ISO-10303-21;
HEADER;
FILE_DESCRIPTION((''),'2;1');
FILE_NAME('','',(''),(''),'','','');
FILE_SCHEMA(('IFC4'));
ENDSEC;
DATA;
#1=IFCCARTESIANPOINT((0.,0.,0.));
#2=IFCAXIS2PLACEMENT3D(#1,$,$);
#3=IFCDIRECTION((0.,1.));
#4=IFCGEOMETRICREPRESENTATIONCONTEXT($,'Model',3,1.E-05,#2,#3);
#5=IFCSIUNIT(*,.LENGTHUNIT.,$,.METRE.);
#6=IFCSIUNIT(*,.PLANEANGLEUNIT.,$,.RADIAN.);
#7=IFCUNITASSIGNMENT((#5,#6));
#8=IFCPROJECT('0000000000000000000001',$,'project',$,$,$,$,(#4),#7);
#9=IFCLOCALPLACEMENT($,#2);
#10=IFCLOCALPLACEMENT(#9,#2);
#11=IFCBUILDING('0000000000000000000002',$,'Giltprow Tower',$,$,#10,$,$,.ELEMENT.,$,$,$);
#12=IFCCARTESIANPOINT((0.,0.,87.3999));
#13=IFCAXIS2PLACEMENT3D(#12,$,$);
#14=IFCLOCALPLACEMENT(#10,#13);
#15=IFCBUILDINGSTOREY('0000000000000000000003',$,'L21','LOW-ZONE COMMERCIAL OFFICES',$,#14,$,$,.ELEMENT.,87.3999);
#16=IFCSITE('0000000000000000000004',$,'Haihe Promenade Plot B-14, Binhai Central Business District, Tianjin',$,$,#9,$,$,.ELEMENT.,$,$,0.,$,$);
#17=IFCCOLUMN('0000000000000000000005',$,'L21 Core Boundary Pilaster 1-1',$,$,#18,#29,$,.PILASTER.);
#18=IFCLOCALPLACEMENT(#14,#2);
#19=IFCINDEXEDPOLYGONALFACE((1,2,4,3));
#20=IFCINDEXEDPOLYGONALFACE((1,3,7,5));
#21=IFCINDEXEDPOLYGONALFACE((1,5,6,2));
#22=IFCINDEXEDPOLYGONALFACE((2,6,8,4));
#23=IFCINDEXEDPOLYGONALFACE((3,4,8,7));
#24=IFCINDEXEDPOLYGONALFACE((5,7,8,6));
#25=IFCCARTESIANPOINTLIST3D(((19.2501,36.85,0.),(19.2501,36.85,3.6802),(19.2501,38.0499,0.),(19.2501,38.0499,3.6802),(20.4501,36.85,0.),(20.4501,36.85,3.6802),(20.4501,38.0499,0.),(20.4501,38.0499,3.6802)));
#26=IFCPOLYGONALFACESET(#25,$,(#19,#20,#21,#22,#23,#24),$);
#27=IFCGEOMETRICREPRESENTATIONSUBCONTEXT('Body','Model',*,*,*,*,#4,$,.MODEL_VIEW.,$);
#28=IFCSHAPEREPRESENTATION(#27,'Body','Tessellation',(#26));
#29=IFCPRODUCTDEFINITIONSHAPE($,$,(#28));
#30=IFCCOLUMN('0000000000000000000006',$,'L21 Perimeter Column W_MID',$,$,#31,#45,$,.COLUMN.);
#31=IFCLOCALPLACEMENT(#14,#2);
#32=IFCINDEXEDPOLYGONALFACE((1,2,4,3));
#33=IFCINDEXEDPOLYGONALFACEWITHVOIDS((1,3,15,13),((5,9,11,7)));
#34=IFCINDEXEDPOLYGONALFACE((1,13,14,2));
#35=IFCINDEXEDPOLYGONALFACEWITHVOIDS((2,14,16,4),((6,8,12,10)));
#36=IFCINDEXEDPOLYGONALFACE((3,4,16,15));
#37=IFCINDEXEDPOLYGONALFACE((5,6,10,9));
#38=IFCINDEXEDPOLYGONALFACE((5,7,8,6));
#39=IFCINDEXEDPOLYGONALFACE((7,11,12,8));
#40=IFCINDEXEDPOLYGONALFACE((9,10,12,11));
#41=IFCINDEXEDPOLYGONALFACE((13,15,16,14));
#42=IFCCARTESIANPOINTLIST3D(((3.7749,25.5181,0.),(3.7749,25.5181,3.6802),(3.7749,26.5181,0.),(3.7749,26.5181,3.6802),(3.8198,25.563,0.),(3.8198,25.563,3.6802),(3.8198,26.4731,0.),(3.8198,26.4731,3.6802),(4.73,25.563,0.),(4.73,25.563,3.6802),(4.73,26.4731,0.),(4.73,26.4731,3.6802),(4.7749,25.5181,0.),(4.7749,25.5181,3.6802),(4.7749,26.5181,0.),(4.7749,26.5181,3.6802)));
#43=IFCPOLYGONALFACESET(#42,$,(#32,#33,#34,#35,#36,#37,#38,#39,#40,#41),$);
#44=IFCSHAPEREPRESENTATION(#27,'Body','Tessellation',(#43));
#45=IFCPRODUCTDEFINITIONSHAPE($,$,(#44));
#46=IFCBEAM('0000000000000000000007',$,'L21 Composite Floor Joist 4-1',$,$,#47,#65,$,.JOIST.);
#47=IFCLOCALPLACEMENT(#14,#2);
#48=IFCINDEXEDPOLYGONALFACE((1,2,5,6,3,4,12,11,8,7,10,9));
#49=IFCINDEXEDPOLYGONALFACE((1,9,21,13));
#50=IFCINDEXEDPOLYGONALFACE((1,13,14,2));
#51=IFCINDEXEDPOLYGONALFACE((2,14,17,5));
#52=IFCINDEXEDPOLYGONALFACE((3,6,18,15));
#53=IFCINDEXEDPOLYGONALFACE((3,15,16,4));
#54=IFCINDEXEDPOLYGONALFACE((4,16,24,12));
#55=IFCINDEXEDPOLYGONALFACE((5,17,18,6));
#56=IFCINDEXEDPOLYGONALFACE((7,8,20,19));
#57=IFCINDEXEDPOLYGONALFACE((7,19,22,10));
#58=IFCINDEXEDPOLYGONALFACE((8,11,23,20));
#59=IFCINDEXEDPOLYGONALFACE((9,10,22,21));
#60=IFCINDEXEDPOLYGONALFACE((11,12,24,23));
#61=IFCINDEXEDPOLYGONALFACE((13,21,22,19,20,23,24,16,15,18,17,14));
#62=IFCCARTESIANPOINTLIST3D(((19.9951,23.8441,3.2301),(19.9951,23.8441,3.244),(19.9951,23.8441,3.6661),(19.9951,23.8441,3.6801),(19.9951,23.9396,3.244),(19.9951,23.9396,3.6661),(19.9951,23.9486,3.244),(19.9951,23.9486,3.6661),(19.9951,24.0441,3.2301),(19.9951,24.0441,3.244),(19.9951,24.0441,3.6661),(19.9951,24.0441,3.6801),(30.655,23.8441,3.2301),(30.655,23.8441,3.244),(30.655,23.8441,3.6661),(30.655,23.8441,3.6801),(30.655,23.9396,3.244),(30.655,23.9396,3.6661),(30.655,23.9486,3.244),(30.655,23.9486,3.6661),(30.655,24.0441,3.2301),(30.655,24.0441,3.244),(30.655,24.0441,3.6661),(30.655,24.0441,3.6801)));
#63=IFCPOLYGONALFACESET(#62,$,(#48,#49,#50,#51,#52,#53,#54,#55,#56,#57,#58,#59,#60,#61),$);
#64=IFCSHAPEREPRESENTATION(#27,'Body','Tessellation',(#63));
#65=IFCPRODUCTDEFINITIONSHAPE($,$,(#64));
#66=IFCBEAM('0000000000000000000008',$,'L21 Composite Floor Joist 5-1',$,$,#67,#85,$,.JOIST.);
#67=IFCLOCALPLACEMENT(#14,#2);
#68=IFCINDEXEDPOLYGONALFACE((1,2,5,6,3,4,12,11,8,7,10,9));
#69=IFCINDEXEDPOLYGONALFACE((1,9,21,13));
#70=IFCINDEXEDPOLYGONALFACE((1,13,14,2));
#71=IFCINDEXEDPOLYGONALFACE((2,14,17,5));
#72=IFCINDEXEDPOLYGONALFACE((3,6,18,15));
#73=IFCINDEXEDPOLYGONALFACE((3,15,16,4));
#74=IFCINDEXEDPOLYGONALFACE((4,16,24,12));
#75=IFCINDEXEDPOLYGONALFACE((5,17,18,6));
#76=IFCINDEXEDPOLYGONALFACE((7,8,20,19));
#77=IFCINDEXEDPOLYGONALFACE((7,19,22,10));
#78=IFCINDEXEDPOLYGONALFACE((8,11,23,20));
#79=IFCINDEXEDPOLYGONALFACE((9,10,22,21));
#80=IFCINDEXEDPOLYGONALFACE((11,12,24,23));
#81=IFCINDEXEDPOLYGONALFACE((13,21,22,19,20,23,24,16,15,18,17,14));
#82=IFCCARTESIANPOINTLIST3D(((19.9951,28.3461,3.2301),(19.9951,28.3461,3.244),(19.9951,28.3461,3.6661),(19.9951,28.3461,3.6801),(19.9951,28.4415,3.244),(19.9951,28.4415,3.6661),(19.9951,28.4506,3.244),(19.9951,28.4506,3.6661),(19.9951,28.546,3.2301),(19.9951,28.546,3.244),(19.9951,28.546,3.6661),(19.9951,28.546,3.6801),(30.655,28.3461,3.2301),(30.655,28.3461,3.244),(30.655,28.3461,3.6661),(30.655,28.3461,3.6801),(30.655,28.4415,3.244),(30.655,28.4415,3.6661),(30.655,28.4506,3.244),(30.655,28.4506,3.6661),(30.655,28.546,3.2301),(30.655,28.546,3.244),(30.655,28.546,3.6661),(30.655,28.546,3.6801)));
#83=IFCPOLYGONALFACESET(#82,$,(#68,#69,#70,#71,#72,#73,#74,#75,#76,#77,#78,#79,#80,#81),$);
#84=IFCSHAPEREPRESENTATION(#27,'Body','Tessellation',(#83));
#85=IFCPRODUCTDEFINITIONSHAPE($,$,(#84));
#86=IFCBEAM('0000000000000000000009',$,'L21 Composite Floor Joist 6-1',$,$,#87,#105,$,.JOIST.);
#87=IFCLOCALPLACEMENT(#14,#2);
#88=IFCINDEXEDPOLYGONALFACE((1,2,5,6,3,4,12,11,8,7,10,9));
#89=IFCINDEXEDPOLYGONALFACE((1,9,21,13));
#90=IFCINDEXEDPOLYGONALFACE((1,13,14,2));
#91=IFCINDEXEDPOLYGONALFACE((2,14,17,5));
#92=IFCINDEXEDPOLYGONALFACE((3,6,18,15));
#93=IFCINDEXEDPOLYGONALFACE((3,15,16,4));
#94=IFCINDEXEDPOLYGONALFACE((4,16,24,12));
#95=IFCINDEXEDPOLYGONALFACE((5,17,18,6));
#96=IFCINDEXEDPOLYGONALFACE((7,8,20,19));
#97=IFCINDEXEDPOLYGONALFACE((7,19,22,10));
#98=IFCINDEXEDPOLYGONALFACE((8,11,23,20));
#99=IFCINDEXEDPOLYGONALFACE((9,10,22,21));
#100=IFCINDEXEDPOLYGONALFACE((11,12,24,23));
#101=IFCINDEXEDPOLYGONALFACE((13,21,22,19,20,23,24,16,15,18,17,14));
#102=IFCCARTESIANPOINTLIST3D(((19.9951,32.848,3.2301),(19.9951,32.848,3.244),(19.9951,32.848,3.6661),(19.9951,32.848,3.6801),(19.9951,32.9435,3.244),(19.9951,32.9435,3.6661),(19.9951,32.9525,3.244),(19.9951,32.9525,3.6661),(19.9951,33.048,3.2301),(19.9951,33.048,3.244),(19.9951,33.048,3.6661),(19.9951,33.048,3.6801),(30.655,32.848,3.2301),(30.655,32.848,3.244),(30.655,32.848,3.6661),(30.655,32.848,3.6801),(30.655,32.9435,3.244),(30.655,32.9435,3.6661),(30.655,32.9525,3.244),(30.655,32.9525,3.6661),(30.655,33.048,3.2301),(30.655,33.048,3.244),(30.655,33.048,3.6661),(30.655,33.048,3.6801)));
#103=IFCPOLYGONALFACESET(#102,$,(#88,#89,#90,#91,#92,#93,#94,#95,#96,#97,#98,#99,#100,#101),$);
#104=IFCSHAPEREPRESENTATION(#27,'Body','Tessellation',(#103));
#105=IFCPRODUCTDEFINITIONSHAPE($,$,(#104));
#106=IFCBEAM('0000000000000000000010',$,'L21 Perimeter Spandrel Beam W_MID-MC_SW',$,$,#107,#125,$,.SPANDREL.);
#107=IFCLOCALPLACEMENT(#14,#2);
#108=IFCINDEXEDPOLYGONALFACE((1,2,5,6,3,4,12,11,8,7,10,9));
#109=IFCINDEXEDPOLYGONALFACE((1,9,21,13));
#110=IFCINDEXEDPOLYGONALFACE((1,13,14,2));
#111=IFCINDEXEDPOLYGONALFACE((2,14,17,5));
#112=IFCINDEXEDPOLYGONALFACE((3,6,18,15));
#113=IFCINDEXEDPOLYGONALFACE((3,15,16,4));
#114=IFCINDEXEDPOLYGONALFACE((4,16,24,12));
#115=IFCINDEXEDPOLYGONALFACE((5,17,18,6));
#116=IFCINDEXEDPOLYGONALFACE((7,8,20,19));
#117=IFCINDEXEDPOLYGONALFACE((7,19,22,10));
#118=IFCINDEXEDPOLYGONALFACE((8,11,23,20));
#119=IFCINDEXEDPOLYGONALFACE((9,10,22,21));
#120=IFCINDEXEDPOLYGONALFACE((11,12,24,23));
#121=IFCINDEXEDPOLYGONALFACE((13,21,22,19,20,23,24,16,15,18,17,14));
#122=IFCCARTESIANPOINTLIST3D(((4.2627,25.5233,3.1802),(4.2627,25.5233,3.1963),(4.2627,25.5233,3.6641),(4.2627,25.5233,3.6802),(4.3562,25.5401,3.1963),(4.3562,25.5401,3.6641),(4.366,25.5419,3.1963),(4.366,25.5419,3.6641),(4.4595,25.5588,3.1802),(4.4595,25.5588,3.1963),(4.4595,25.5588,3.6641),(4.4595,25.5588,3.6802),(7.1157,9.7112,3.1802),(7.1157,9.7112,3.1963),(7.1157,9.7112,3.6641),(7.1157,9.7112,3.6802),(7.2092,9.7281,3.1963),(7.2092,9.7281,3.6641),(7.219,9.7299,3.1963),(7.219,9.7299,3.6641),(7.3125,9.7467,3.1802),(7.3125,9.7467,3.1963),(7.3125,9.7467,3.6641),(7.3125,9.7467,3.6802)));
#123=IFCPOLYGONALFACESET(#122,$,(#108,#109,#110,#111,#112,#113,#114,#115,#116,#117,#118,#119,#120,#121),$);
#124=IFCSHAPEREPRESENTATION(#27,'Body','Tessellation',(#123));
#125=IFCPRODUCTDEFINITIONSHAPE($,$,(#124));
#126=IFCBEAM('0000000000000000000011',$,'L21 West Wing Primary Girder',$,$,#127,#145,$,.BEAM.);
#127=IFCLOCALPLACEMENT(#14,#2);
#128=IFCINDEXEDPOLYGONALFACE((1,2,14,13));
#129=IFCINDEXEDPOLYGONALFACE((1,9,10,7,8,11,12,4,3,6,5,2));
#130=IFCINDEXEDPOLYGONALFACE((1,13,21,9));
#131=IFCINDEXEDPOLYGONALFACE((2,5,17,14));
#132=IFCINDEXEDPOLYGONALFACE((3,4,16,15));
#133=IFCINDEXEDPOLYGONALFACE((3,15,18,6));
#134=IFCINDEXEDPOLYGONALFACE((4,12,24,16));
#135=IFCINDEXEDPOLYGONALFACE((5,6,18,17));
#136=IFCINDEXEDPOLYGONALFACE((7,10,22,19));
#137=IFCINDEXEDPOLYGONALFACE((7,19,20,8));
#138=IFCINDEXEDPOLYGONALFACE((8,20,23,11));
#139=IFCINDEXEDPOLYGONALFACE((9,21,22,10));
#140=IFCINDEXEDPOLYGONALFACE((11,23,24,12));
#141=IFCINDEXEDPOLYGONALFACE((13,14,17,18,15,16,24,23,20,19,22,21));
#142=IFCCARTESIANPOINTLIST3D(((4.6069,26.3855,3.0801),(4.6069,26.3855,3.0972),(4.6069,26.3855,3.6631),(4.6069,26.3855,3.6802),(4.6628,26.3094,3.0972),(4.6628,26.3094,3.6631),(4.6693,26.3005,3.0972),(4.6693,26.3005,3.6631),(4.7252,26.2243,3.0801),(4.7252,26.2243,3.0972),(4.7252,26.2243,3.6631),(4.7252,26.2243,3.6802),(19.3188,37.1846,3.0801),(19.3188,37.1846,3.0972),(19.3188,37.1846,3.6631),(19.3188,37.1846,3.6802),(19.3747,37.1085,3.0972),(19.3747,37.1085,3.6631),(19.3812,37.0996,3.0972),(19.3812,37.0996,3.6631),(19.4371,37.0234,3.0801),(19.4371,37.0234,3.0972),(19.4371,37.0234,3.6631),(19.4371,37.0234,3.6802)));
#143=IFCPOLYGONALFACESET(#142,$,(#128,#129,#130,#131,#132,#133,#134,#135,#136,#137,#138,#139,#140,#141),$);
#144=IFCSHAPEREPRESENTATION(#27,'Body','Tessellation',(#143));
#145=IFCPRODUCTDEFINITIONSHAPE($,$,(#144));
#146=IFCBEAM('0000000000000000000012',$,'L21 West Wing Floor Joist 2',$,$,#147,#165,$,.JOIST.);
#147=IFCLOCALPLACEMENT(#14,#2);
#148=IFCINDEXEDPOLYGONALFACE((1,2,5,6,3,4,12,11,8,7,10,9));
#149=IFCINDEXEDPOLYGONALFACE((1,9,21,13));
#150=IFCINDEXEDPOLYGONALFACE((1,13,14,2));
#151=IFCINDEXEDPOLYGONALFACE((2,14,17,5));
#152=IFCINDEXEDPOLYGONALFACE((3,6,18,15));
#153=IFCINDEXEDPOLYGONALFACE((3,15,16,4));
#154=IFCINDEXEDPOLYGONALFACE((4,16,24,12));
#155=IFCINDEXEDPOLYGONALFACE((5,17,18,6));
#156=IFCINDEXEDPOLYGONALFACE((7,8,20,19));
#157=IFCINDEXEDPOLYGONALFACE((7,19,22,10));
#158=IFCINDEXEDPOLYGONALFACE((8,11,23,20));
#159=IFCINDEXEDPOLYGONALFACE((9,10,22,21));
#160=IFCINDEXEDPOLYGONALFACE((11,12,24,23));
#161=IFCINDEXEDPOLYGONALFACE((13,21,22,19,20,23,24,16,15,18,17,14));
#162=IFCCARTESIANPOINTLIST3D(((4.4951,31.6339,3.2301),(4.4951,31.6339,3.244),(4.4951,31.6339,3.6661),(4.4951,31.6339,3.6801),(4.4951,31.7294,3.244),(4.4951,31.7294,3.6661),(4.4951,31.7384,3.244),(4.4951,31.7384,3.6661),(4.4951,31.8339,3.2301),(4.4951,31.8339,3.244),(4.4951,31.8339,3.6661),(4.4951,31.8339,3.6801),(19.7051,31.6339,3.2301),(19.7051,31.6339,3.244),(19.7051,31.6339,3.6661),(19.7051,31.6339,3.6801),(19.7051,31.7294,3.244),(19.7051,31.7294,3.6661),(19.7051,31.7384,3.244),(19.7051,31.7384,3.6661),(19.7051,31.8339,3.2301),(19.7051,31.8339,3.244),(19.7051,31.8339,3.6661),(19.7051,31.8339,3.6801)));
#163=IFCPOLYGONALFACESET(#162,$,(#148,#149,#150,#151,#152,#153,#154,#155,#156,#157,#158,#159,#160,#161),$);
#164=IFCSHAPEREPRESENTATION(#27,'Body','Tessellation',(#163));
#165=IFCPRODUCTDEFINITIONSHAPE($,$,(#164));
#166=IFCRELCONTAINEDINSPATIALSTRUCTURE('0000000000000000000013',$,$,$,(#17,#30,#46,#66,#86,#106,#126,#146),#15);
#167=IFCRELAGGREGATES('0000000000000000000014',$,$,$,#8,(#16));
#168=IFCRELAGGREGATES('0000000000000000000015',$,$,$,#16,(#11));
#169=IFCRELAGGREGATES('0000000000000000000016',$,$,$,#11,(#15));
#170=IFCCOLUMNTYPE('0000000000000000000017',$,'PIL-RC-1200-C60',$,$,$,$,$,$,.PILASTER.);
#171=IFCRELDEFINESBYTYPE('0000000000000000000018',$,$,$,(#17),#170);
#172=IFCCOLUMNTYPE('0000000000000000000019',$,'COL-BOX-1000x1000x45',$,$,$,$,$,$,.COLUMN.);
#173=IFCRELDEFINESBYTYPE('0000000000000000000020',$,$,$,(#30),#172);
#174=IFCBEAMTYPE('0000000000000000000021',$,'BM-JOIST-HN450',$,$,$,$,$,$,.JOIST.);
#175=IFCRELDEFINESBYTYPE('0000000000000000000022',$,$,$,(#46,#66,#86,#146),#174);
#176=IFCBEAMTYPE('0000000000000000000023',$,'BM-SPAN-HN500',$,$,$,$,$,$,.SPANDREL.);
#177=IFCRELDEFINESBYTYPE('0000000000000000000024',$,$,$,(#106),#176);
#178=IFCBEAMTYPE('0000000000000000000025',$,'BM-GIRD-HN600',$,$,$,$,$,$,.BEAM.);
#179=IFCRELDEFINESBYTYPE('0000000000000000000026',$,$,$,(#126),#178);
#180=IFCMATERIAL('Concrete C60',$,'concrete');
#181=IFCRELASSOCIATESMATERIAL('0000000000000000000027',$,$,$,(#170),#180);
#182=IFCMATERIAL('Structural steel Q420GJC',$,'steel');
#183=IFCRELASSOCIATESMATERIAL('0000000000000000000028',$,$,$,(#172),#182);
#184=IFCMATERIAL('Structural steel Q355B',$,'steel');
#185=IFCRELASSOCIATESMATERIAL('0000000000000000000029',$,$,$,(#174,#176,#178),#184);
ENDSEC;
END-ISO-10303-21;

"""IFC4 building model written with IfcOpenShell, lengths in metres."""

from ifc_helpers import new_model, si_unit, direction, frame, origin, origin_2d, place, context, subcontext, project, spatial, rectangle, hollow_rectangle, i_section, extrude, source, transform, mapped, material, material_profile, profile_set, type_object, element, save


model = new_model("IFC4")

# Units and contexts
model_context = context("Model", 3, precision=1e-05, world=origin(), true_north=direction((0.0, 1.0)))
body_context = subcontext(model_context, "Body", "Model", "MODEL_VIEW")
ifc_project = project(units=[si_unit("LENGTHUNIT", "METRE"), si_unit("PLANEANGLEUNIT", "RADIAN")], contexts=[model_context])

# Site, building, storey
site_placement = place(None, origin())
site = spatial("IfcSite", under=ifc_project, at=site_placement, Name="Haihe Promenade Plot B-14, Binhai Central Business District, Tianjin", CompositionType="ELEMENT", RefElevation=0.0)
building_placement = place(site_placement, origin())
building = spatial("IfcBuilding", under=site, at=building_placement, Name="Giltprow Tower", CompositionType="ELEMENT")
storey_placement = place(building_placement, frame((0.0, 0.0, 87.3999)))
storey = spatial("IfcBuildingStorey", under=building, at=storey_placement, Name="L21", Description="LOW-ZONE COMMERCIAL OFFICES", CompositionType="ELEMENT", Elevation=87.3999)

# Columns
ifc_material_1 = material(Name="Concrete C60", Category="concrete")
ifc_material_profile_1 = material_profile(ifc_material_1, rectangle(XDim=1.2, YDim=1.2, at=origin_2d()), Name="RC 1200x1200")
ifc_profile_set_1 = profile_set([ifc_material_profile_1], Name="Concrete C60")
column_type_1 = type_object("IfcColumnType", Name="PIL-RC-1200-C60", PredefinedType="PILASTER", material=ifc_profile_set_1)
shared_shape_1 = source(origin(), body_context, "Body", "SweptSolid", [
    extrude(rectangle(XDim=1.2, YDim=1.2, at=origin_2d()), origin(), (0.0, 0.0, 1.0), 3.6802),
])
column_1_placement = place(storey_placement, frame((19.8501, 37.45, 0.0), z_axis=(0.0, 0.0, 1.0), x_axis=(1.0, 0.0, 0.0)))
element("IfcColumn", 1, at=column_1_placement, inside=storey, type_object=column_type_1, Name="L21 Core Boundary Pilaster 1-1", PredefinedType="PILASTER", context=body_context, shape_type="MappedRepresentation", body=[
    mapped(shared_shape_1, transform((0.0, 0.0, 0.0), x_axis=(1.0, 0.0, 0.0), y_axis=(0.0, 1.0, 0.0), z_axis=(0.0, 0.0, 1.0), scale=1.0)),
])
ifc_material_2 = material(Name="Structural steel Q420GJC", Category="steel")
ifc_material_profile_2 = material_profile(ifc_material_2, hollow_rectangle(XDim=1.0, YDim=1.0, WallThickness=0.0449, at=origin_2d()), Name="BOX 1000x1000x45")
ifc_profile_set_2 = profile_set([ifc_material_profile_2], Name="Structural steel Q420GJC")
column_type_2 = type_object("IfcColumnType", Name="COL-BOX-1000x1000x45", PredefinedType="COLUMN", material=ifc_profile_set_2)
shared_shape_2 = source(origin(), body_context, "Body", "SweptSolid", [
    extrude(hollow_rectangle(XDim=1.0, YDim=1.0, WallThickness=0.0449, at=origin_2d()), origin(), (0.0, 0.0, 1.0), 3.6802),
])
column_2_placement = place(storey_placement, frame((4.2749, 26.0181, 0.0), z_axis=(0.0, 0.0, 1.0), x_axis=(1.0, 0.0, 0.0)))
element("IfcColumn", 2, at=column_2_placement, inside=storey, type_object=column_type_2, Name="L21 Perimeter Column W_MID", PredefinedType="COLUMN", context=body_context, shape_type="MappedRepresentation", body=[
    mapped(shared_shape_2, transform((0.0, 0.0, 0.0), x_axis=(1.0, 0.0, 0.0), y_axis=(0.0, 1.0, 0.0), z_axis=(0.0, 0.0, 1.0), scale=1.0)),
])

# Beams
ifc_material_3 = material(Name="Structural steel Q355B", Category="steel")
ifc_material_profile_3 = material_profile(ifc_material_3, i_section(OverallWidth=0.2, OverallDepth=0.45, WebThickness=0.009, FlangeThickness=0.0139, at=origin_2d()), Name="HN 450x200x9x14")
ifc_profile_set_3 = profile_set([ifc_material_profile_3], Name="Structural steel Q355B")
beam_type_1 = type_object("IfcBeamType", Name="BM-JOIST-HN450", PredefinedType="JOIST", material=ifc_profile_set_3)
shared_shape_3 = source(origin(), body_context, "Body", "SweptSolid", [
    extrude(i_section(OverallWidth=0.2, OverallDepth=0.45, WebThickness=0.009, FlangeThickness=0.0139, at=origin_2d()), origin(), (0.0, 0.0, 1.0), 10.6599),
])
for number, where, z_axis, x_axis, name in (
    (3, (19.9951, 23.9441, 3.4551), (1.0, 0.0, 0.0), (0.0, 1.0, 0.0), "L21 Composite Floor Joist 4-1"),
    (4, (19.9951, 28.446, 3.4551), (1.0, 0.0, 0.0), (0.0, 1.0, 0.0), "L21 Composite Floor Joist 5-1"),
    (5, (19.9951, 32.948, 3.4551), (1.0, 0.0, 0.0), (0.0, 1.0, 0.0), "L21 Composite Floor Joist 6-1"),
):
    element("IfcBeam", number, at=place(storey_placement, frame(where, z_axis=z_axis, x_axis=x_axis)), inside=storey, type_object=beam_type_1, Name=name, PredefinedType="JOIST", context=body_context, shape_type="MappedRepresentation", body=[
        mapped(shared_shape_3, transform((0.0, 0.0, 0.0), x_axis=(1.0, 0.0, 0.0), y_axis=(0.0, 1.0, 0.0), z_axis=(0.0, 0.0, 1.0), scale=1.0)),
    ])
ifc_material_profile_4 = material_profile(ifc_material_3, i_section(OverallWidth=0.2, OverallDepth=0.5, WebThickness=0.01, FlangeThickness=0.0161, at=origin_2d()), Name="HN 500x200x10x16")
ifc_profile_set_4 = profile_set([ifc_material_profile_4], Name="Structural steel Q355B")
beam_type_2 = type_object("IfcBeamType", Name="BM-SPAN-HN500", PredefinedType="SPANDREL", material=ifc_profile_set_4)
shared_shape_4 = source(origin(), body_context, "Body", "SweptSolid", [
    extrude(i_section(OverallWidth=0.2, OverallDepth=0.5, WebThickness=0.01, FlangeThickness=0.0161, at=origin_2d()), origin(), (0.0, 0.0, 1.0), 16.0674),
])
beam_1_placement = place(storey_placement, frame((4.3611, 25.541, 3.4302), z_axis=(0.177567, -0.984109, 0.0), x_axis=(0.984109, 0.177567, 0.0)))
element("IfcBeam", 6, at=beam_1_placement, inside=storey, type_object=beam_type_2, Name="L21 Perimeter Spandrel Beam W_MID-MC_SW", PredefinedType="SPANDREL", context=body_context, shape_type="MappedRepresentation", body=[
    mapped(shared_shape_4, transform((0.0, 0.0, 0.0), x_axis=(1.0, 0.0, 0.0), y_axis=(0.0, 1.0, 0.0), z_axis=(0.0, 0.0, 1.0), scale=1.0)),
])
ifc_material_profile_5 = material_profile(ifc_material_3, i_section(OverallWidth=0.2, OverallDepth=0.6001, WebThickness=0.011, FlangeThickness=0.0171, at=origin_2d()), Name="HN 600x200x11x17")
ifc_profile_set_5 = profile_set([ifc_material_profile_5], Name="Structural steel Q355B")
beam_type_3 = type_object("IfcBeamType", Name="BM-GIRD-HN600", PredefinedType="BEAM", material=ifc_profile_set_5)
shared_shape_5 = source(origin(), body_context, "Body", "SweptSolid", [
    extrude(i_section(OverallWidth=0.2, OverallDepth=0.6001, WebThickness=0.011, FlangeThickness=0.0171, at=origin_2d()), origin(), (0.0, 0.0, 1.0), 18.25),
])
beam_2_placement = place(storey_placement, frame((4.666, 26.3049, 3.3801), z_axis=(0.806135, 0.591732, 0.0), x_axis=(-0.591732, 0.806135, 0.0)))
element("IfcBeam", 7, at=beam_2_placement, inside=storey, type_object=beam_type_3, Name="L21 West Wing Primary Girder", PredefinedType="BEAM", context=body_context, shape_type="MappedRepresentation", body=[
    mapped(shared_shape_5, transform((0.0, 0.0, 0.0), x_axis=(1.0, 0.0, 0.0), y_axis=(0.0, 1.0, 0.0), z_axis=(0.0, 0.0, 1.0), scale=1.0)),
])
shared_shape_6 = source(origin(), body_context, "Body", "SweptSolid", [
    extrude(i_section(OverallWidth=0.2, OverallDepth=0.45, WebThickness=0.009, FlangeThickness=0.0139, at=origin_2d()), origin(), (0.0, 0.0, 1.0), 15.21),
])
beam_3_placement = place(storey_placement, frame((4.4951, 31.7339, 3.4551), z_axis=(1.0, 0.0, 0.0), x_axis=(0.0, 1.0, 0.0)))
element("IfcBeam", 8, at=beam_3_placement, inside=storey, type_object=beam_type_1, Name="L21 West Wing Floor Joist 2", PredefinedType="JOIST", context=body_context, shape_type="MappedRepresentation", body=[
    mapped(shared_shape_6, transform((0.0, 0.0, 0.0), x_axis=(1.0, 0.0, 0.0), y_axis=(0.0, 1.0, 0.0), z_axis=(0.0, 0.0, 1.0), scale=1.0)),
])

save(model, "model.ifc")
